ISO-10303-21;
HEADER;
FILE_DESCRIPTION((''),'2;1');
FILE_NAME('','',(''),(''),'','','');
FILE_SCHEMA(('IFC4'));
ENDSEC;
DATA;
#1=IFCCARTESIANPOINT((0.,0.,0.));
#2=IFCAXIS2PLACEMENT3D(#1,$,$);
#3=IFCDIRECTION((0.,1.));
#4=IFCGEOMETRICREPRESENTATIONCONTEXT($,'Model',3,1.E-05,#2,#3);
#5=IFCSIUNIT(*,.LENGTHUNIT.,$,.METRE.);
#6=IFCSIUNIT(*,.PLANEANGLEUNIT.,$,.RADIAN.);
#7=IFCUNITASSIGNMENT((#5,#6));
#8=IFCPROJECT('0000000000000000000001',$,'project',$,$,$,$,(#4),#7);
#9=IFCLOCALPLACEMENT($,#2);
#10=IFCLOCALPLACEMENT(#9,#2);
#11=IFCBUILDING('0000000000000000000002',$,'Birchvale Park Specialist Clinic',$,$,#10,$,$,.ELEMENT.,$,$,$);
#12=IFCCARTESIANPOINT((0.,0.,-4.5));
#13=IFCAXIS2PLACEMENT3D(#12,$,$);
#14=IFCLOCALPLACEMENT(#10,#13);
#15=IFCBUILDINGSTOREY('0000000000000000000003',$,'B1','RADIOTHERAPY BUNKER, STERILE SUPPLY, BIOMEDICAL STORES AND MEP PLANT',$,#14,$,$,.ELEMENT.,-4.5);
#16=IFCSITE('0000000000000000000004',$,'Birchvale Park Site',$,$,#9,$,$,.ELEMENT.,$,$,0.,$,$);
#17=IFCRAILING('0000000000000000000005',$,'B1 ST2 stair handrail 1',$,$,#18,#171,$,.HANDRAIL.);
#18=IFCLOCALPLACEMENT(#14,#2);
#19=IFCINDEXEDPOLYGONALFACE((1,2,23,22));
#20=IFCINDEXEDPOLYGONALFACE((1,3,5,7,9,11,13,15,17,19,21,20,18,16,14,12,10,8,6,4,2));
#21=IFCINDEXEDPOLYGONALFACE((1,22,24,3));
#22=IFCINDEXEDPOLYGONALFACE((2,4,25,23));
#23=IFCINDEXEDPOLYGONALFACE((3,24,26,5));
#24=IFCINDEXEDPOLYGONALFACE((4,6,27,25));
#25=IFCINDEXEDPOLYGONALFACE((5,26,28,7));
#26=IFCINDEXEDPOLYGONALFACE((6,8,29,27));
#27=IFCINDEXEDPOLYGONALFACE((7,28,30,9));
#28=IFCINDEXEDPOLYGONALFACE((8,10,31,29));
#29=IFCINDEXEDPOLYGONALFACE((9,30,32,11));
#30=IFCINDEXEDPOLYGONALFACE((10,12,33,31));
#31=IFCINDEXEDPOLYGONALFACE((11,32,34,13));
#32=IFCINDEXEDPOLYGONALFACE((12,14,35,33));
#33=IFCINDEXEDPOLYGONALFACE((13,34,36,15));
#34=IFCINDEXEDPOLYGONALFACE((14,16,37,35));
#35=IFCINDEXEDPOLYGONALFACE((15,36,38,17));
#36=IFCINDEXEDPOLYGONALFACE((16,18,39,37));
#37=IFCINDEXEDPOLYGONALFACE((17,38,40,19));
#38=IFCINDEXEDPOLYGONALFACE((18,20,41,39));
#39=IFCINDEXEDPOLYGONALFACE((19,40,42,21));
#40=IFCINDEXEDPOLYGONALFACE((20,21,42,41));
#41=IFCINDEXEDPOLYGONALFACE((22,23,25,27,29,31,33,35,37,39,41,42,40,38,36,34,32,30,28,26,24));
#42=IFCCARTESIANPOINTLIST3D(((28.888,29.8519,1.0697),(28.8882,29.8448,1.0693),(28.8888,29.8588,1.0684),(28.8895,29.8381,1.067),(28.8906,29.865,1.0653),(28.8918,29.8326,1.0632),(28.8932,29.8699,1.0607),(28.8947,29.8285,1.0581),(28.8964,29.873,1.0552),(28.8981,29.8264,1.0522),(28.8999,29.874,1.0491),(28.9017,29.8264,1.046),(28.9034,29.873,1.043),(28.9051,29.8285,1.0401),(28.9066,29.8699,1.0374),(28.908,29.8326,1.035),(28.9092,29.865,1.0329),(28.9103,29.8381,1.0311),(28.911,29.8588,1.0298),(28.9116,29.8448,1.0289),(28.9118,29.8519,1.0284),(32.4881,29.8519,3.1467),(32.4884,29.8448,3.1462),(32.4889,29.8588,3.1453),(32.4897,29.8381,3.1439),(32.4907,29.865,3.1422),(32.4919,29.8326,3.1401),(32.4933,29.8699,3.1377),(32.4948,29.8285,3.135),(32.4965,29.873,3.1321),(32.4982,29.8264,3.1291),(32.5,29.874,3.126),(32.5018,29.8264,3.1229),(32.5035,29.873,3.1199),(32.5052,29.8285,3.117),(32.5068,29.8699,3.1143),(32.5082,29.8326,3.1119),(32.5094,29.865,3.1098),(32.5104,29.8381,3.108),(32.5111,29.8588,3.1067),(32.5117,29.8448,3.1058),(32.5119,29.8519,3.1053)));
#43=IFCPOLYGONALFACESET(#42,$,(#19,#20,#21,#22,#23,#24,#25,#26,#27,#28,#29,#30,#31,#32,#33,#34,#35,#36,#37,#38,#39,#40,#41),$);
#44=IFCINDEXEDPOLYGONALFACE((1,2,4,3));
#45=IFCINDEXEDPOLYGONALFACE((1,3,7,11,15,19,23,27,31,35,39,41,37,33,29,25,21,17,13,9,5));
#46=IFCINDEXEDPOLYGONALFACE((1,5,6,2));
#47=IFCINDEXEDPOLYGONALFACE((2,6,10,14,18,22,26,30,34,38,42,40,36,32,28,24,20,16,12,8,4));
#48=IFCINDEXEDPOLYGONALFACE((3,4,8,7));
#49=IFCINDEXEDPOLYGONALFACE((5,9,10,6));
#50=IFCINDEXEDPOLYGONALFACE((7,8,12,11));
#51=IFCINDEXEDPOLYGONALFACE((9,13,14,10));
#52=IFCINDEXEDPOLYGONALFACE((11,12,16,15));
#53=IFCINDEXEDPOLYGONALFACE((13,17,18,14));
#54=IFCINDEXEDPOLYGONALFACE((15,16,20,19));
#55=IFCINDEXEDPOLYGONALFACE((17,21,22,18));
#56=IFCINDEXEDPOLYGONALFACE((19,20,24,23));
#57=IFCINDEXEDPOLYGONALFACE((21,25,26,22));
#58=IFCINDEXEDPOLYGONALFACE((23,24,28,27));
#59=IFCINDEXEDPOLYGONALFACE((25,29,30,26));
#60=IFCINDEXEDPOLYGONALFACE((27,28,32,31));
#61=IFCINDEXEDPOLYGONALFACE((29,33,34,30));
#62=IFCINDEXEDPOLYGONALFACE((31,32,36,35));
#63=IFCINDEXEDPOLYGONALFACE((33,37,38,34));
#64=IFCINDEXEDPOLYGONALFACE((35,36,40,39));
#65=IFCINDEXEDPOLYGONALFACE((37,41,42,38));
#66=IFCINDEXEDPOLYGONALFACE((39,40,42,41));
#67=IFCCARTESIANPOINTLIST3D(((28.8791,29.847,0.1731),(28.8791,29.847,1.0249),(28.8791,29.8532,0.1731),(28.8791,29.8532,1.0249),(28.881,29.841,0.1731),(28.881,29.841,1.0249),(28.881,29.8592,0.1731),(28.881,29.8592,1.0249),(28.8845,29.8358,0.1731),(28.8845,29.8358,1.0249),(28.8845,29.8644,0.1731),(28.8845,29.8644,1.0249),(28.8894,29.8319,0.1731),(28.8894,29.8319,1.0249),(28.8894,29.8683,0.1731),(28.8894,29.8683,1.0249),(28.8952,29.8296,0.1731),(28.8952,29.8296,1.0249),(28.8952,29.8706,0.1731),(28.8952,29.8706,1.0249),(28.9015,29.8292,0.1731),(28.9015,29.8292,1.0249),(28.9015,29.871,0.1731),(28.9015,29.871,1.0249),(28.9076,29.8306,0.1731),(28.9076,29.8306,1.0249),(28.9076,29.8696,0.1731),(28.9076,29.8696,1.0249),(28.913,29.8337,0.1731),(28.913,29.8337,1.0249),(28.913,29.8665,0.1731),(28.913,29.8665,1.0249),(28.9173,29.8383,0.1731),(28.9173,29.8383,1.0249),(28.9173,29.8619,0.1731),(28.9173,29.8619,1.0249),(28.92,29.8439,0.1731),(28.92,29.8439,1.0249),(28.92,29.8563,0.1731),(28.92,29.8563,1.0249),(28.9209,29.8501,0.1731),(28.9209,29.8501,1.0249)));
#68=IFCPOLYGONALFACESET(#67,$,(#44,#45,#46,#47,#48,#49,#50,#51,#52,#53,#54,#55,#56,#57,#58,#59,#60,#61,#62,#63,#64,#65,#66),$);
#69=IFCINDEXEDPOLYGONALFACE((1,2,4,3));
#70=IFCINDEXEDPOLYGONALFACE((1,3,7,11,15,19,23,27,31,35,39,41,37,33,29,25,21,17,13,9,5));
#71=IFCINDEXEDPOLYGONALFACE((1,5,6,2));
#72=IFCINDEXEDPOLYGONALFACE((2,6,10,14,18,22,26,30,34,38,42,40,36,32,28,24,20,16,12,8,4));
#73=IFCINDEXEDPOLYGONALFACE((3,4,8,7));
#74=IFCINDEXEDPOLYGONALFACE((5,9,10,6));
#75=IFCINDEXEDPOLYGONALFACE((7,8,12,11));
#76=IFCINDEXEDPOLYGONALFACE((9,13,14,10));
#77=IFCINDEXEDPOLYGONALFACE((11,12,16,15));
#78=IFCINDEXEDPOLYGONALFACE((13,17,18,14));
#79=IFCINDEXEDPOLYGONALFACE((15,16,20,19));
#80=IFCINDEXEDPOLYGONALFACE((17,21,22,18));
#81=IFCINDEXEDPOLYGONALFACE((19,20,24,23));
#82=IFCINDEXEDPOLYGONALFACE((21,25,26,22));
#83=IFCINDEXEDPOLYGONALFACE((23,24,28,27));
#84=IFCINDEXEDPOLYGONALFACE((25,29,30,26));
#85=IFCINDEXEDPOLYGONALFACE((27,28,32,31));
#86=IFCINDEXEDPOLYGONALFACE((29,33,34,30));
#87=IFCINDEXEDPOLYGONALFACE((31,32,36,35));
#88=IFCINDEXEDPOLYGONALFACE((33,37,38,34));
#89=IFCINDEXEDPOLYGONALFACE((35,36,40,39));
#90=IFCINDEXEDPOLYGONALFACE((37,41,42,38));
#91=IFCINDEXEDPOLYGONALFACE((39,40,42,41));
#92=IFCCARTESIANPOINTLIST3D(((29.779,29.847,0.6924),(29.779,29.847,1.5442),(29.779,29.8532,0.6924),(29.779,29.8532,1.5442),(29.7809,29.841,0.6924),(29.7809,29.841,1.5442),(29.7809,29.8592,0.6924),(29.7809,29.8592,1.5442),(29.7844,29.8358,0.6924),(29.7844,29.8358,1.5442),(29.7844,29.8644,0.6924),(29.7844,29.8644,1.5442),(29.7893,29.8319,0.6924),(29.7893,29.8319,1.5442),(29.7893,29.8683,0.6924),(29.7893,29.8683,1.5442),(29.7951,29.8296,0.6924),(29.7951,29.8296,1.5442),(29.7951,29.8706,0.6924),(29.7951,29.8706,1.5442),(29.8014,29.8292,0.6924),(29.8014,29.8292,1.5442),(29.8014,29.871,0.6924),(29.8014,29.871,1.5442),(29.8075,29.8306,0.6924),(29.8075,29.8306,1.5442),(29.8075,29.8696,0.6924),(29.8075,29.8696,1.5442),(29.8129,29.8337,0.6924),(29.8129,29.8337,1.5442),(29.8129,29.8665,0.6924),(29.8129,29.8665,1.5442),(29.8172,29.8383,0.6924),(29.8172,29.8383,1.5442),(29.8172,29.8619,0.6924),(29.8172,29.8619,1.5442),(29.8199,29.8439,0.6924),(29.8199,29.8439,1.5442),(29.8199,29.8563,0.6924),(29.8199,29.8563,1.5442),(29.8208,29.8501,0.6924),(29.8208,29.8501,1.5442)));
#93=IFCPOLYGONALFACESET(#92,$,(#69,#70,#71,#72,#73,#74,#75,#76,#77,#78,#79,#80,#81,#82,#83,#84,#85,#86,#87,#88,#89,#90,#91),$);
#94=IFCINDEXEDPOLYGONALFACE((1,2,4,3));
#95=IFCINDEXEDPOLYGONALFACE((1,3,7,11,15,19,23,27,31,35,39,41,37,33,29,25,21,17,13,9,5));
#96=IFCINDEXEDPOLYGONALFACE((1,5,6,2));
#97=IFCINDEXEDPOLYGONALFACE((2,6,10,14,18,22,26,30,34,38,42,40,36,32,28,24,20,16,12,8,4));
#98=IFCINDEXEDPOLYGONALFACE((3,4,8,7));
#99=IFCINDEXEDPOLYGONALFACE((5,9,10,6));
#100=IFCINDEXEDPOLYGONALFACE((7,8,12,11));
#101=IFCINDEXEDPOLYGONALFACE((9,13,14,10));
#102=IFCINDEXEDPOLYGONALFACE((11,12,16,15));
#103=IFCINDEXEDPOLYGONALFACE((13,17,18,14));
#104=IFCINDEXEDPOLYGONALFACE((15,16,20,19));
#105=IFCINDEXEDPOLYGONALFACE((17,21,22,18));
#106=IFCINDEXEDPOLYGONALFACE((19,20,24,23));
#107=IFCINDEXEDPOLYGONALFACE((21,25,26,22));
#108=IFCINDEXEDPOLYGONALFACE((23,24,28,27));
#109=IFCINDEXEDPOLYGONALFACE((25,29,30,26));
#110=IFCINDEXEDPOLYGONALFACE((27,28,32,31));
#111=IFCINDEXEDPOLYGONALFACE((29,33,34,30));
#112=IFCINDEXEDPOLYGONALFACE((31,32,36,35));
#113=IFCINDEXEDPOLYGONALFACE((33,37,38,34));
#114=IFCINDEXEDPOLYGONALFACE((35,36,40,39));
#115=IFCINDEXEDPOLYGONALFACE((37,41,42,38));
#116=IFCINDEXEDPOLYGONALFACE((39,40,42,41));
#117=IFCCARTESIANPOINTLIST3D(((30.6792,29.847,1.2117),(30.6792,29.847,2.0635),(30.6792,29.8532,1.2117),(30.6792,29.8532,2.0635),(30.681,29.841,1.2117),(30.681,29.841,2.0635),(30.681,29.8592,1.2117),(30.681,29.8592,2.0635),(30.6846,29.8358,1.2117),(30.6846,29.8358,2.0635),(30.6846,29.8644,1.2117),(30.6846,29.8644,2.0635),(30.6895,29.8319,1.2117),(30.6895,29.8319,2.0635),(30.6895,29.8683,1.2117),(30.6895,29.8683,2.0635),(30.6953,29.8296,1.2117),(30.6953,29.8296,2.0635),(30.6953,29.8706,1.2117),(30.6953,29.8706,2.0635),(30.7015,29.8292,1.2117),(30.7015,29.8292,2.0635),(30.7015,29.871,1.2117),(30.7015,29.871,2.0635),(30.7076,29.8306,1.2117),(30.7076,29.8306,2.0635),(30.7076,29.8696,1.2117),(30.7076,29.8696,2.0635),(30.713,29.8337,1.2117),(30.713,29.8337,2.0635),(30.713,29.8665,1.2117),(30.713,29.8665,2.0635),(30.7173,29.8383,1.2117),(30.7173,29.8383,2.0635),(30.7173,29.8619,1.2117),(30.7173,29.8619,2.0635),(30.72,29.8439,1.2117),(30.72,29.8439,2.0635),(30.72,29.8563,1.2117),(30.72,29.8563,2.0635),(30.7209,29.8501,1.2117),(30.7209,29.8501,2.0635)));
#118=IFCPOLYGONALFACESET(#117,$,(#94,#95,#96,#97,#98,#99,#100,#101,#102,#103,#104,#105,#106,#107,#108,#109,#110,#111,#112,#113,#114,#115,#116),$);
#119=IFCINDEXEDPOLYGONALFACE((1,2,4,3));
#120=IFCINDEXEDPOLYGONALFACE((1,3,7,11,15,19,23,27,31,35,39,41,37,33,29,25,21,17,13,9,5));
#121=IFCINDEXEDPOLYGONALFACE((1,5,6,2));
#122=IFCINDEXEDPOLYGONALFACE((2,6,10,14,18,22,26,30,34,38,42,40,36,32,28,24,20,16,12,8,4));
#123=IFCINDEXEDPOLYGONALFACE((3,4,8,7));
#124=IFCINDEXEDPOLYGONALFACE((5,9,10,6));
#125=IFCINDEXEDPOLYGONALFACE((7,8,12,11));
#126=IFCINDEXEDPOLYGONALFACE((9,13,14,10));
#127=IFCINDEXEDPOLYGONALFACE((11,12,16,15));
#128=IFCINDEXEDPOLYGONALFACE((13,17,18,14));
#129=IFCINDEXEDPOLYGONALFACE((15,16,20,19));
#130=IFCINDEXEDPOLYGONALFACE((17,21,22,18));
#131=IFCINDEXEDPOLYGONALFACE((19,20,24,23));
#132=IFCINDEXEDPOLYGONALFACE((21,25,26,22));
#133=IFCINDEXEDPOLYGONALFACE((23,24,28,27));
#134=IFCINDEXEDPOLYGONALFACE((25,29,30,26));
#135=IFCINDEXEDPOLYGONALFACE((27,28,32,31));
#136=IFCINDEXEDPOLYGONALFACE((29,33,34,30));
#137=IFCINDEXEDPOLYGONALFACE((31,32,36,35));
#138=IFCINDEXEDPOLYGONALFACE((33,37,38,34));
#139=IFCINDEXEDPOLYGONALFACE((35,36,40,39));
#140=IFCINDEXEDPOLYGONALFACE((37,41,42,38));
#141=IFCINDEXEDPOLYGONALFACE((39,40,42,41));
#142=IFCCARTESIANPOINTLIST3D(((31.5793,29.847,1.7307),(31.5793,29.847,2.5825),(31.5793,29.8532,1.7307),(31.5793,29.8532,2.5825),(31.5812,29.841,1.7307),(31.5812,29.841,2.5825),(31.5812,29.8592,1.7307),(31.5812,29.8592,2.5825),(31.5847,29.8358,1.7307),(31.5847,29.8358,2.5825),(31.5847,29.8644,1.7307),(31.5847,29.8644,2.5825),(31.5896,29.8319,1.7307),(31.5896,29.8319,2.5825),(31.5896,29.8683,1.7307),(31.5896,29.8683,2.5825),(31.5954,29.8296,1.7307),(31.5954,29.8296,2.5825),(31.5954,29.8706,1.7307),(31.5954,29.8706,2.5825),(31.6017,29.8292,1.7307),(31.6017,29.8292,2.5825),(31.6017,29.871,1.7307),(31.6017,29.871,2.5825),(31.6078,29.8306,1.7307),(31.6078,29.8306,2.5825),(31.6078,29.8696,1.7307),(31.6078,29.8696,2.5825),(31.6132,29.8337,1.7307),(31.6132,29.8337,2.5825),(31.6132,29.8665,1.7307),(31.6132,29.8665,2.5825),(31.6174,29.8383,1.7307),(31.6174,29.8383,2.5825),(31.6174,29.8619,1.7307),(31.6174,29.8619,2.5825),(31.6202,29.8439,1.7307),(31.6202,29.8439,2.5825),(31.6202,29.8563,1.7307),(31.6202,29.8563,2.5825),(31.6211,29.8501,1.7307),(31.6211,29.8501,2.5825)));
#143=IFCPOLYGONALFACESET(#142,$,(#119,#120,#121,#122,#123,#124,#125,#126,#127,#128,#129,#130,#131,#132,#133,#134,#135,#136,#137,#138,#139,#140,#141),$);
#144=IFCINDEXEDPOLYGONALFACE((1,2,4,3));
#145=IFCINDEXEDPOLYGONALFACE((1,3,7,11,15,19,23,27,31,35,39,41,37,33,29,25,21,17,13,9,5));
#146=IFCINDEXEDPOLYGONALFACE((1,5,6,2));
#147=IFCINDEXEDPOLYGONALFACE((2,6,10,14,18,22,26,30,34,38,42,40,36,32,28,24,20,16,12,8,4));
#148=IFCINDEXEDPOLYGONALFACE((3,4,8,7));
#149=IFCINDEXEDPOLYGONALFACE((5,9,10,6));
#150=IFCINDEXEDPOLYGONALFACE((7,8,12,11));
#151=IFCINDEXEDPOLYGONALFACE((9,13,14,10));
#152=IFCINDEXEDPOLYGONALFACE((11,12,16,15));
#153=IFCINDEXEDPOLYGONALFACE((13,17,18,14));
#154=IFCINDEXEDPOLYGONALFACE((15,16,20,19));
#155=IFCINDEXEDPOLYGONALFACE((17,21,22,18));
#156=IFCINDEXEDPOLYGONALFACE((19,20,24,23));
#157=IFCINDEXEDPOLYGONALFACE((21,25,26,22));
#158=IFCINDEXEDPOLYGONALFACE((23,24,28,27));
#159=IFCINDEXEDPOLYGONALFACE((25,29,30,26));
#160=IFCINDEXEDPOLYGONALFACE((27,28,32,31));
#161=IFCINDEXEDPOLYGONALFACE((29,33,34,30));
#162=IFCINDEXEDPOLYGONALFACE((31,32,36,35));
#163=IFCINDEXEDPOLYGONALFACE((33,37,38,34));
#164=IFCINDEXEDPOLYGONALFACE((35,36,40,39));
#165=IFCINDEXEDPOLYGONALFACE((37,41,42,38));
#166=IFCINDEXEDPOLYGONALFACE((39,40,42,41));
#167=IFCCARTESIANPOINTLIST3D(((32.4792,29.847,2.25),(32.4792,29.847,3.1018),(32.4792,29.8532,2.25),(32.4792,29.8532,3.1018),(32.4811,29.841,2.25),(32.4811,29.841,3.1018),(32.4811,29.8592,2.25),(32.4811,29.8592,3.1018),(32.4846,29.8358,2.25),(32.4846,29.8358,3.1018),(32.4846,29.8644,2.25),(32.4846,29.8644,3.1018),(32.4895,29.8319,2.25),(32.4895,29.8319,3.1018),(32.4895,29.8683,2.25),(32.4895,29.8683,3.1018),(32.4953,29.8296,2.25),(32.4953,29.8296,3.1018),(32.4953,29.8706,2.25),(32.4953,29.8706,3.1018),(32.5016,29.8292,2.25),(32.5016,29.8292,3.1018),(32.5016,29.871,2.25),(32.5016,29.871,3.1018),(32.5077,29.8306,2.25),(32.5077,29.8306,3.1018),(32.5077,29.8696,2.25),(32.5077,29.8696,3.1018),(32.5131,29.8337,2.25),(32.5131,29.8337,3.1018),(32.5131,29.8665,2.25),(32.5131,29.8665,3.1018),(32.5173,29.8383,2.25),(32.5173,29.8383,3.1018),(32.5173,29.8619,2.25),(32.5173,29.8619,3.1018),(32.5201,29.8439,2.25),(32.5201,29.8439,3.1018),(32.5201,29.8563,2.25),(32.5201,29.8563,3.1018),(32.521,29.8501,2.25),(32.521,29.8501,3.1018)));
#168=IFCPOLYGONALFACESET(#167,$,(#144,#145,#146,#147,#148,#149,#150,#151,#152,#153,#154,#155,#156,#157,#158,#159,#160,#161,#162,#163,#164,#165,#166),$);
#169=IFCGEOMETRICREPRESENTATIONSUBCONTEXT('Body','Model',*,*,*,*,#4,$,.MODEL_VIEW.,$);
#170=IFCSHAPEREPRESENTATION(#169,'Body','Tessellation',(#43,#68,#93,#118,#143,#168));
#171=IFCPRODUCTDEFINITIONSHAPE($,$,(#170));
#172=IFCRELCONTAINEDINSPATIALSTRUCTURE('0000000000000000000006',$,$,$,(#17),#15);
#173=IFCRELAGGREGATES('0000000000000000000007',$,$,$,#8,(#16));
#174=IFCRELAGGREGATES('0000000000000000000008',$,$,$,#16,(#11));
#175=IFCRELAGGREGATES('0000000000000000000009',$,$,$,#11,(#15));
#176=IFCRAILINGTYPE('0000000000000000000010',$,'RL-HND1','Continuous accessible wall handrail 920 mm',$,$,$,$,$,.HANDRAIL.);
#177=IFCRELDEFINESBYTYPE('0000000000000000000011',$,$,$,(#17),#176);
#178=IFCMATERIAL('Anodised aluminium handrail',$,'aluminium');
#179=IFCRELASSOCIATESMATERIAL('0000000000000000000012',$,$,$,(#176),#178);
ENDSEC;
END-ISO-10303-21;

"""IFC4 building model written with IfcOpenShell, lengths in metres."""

from ifc_helpers import new_model, si_unit, direction, frame, origin, origin_2d, place, context, subcontext, project, spatial, circle, extrude, material, type_object, element, save


model = new_model("IFC4")

# Units and contexts
model_context = context("Model", 3, precision=1e-05, world=origin(), true_north=direction((0.0, 1.0)))
body_context = subcontext(model_context, "Body", "Model", "MODEL_VIEW")
ifc_project = project(units=[si_unit("LENGTHUNIT", "METRE"), si_unit("PLANEANGLEUNIT", "RADIAN")], contexts=[model_context])

# Site, building, storey
site_placement = place(None, origin())
site = spatial("IfcSite", under=ifc_project, at=site_placement, Name="Birchvale Park Site", CompositionType="ELEMENT", RefElevation=0.0)
building_placement = place(site_placement, origin())
building = spatial("IfcBuilding", under=site, at=building_placement, Name="Birchvale Park Specialist Clinic", CompositionType="ELEMENT")
storey_placement = place(building_placement, frame((0.0, 0.0, -4.5)))
storey = spatial("IfcBuildingStorey", under=building, at=storey_placement, Name="B1", Description="RADIOTHERAPY BUNKER, STERILE SUPPLY, BIOMEDICAL STORES AND MEP PLANT", CompositionType="ELEMENT", Elevation=-4.5)

# Railing
ifc_material_1 = material(Name="Anodised aluminium handrail", Category="aluminium")
railing_type_1 = type_object("IfcRailingType", Name="RL-HND1", Description="Continuous accessible wall handrail 920 mm", PredefinedType="HANDRAIL", material=ifc_material_1)
railing_1_placement = place(storey_placement, frame((28.8999, 29.8501, 0.1731)))
element("IfcRailing", 1, at=railing_1_placement, inside=storey, type_object=railing_type_1, Name="B1 ST2 stair handrail 1", PredefinedType="HANDRAIL", context=body_context, shape_type="SweptSolid", body=[
    extrude(circle(Radius=0.0239, at=origin_2d()), frame((0.0, 0.0, 0.876), z_axis=(0.866193, 0.0, 0.499709), x_axis=(0.0, 1.0, 0.0)), (0.0, 0.0, 1.0), 4.1562),
    extrude(circle(Radius=0.021, at=origin_2d()), origin(), (0.0, 0.0, 1.0), 0.8518),
    extrude(circle(Radius=0.021, at=origin_2d()), frame((0.8999, 0.0, 0.5193)), (0.0, 0.0, 1.0), 0.8518),
    extrude(circle(Radius=0.021, at=origin_2d()), frame((1.8, 0.0, 1.0386)), (0.0, 0.0, 1.0), 0.8518),
    extrude(circle(Radius=0.021, at=origin_2d()), frame((2.7002, 0.0, 1.5576)), (0.0, 0.0, 1.0), 0.8518),
    extrude(circle(Radius=0.021, at=origin_2d()), frame((3.6001, 0.0, 2.0769)), (0.0, 0.0, 1.0), 0.8518),
])

save(model, "model.ifc")
